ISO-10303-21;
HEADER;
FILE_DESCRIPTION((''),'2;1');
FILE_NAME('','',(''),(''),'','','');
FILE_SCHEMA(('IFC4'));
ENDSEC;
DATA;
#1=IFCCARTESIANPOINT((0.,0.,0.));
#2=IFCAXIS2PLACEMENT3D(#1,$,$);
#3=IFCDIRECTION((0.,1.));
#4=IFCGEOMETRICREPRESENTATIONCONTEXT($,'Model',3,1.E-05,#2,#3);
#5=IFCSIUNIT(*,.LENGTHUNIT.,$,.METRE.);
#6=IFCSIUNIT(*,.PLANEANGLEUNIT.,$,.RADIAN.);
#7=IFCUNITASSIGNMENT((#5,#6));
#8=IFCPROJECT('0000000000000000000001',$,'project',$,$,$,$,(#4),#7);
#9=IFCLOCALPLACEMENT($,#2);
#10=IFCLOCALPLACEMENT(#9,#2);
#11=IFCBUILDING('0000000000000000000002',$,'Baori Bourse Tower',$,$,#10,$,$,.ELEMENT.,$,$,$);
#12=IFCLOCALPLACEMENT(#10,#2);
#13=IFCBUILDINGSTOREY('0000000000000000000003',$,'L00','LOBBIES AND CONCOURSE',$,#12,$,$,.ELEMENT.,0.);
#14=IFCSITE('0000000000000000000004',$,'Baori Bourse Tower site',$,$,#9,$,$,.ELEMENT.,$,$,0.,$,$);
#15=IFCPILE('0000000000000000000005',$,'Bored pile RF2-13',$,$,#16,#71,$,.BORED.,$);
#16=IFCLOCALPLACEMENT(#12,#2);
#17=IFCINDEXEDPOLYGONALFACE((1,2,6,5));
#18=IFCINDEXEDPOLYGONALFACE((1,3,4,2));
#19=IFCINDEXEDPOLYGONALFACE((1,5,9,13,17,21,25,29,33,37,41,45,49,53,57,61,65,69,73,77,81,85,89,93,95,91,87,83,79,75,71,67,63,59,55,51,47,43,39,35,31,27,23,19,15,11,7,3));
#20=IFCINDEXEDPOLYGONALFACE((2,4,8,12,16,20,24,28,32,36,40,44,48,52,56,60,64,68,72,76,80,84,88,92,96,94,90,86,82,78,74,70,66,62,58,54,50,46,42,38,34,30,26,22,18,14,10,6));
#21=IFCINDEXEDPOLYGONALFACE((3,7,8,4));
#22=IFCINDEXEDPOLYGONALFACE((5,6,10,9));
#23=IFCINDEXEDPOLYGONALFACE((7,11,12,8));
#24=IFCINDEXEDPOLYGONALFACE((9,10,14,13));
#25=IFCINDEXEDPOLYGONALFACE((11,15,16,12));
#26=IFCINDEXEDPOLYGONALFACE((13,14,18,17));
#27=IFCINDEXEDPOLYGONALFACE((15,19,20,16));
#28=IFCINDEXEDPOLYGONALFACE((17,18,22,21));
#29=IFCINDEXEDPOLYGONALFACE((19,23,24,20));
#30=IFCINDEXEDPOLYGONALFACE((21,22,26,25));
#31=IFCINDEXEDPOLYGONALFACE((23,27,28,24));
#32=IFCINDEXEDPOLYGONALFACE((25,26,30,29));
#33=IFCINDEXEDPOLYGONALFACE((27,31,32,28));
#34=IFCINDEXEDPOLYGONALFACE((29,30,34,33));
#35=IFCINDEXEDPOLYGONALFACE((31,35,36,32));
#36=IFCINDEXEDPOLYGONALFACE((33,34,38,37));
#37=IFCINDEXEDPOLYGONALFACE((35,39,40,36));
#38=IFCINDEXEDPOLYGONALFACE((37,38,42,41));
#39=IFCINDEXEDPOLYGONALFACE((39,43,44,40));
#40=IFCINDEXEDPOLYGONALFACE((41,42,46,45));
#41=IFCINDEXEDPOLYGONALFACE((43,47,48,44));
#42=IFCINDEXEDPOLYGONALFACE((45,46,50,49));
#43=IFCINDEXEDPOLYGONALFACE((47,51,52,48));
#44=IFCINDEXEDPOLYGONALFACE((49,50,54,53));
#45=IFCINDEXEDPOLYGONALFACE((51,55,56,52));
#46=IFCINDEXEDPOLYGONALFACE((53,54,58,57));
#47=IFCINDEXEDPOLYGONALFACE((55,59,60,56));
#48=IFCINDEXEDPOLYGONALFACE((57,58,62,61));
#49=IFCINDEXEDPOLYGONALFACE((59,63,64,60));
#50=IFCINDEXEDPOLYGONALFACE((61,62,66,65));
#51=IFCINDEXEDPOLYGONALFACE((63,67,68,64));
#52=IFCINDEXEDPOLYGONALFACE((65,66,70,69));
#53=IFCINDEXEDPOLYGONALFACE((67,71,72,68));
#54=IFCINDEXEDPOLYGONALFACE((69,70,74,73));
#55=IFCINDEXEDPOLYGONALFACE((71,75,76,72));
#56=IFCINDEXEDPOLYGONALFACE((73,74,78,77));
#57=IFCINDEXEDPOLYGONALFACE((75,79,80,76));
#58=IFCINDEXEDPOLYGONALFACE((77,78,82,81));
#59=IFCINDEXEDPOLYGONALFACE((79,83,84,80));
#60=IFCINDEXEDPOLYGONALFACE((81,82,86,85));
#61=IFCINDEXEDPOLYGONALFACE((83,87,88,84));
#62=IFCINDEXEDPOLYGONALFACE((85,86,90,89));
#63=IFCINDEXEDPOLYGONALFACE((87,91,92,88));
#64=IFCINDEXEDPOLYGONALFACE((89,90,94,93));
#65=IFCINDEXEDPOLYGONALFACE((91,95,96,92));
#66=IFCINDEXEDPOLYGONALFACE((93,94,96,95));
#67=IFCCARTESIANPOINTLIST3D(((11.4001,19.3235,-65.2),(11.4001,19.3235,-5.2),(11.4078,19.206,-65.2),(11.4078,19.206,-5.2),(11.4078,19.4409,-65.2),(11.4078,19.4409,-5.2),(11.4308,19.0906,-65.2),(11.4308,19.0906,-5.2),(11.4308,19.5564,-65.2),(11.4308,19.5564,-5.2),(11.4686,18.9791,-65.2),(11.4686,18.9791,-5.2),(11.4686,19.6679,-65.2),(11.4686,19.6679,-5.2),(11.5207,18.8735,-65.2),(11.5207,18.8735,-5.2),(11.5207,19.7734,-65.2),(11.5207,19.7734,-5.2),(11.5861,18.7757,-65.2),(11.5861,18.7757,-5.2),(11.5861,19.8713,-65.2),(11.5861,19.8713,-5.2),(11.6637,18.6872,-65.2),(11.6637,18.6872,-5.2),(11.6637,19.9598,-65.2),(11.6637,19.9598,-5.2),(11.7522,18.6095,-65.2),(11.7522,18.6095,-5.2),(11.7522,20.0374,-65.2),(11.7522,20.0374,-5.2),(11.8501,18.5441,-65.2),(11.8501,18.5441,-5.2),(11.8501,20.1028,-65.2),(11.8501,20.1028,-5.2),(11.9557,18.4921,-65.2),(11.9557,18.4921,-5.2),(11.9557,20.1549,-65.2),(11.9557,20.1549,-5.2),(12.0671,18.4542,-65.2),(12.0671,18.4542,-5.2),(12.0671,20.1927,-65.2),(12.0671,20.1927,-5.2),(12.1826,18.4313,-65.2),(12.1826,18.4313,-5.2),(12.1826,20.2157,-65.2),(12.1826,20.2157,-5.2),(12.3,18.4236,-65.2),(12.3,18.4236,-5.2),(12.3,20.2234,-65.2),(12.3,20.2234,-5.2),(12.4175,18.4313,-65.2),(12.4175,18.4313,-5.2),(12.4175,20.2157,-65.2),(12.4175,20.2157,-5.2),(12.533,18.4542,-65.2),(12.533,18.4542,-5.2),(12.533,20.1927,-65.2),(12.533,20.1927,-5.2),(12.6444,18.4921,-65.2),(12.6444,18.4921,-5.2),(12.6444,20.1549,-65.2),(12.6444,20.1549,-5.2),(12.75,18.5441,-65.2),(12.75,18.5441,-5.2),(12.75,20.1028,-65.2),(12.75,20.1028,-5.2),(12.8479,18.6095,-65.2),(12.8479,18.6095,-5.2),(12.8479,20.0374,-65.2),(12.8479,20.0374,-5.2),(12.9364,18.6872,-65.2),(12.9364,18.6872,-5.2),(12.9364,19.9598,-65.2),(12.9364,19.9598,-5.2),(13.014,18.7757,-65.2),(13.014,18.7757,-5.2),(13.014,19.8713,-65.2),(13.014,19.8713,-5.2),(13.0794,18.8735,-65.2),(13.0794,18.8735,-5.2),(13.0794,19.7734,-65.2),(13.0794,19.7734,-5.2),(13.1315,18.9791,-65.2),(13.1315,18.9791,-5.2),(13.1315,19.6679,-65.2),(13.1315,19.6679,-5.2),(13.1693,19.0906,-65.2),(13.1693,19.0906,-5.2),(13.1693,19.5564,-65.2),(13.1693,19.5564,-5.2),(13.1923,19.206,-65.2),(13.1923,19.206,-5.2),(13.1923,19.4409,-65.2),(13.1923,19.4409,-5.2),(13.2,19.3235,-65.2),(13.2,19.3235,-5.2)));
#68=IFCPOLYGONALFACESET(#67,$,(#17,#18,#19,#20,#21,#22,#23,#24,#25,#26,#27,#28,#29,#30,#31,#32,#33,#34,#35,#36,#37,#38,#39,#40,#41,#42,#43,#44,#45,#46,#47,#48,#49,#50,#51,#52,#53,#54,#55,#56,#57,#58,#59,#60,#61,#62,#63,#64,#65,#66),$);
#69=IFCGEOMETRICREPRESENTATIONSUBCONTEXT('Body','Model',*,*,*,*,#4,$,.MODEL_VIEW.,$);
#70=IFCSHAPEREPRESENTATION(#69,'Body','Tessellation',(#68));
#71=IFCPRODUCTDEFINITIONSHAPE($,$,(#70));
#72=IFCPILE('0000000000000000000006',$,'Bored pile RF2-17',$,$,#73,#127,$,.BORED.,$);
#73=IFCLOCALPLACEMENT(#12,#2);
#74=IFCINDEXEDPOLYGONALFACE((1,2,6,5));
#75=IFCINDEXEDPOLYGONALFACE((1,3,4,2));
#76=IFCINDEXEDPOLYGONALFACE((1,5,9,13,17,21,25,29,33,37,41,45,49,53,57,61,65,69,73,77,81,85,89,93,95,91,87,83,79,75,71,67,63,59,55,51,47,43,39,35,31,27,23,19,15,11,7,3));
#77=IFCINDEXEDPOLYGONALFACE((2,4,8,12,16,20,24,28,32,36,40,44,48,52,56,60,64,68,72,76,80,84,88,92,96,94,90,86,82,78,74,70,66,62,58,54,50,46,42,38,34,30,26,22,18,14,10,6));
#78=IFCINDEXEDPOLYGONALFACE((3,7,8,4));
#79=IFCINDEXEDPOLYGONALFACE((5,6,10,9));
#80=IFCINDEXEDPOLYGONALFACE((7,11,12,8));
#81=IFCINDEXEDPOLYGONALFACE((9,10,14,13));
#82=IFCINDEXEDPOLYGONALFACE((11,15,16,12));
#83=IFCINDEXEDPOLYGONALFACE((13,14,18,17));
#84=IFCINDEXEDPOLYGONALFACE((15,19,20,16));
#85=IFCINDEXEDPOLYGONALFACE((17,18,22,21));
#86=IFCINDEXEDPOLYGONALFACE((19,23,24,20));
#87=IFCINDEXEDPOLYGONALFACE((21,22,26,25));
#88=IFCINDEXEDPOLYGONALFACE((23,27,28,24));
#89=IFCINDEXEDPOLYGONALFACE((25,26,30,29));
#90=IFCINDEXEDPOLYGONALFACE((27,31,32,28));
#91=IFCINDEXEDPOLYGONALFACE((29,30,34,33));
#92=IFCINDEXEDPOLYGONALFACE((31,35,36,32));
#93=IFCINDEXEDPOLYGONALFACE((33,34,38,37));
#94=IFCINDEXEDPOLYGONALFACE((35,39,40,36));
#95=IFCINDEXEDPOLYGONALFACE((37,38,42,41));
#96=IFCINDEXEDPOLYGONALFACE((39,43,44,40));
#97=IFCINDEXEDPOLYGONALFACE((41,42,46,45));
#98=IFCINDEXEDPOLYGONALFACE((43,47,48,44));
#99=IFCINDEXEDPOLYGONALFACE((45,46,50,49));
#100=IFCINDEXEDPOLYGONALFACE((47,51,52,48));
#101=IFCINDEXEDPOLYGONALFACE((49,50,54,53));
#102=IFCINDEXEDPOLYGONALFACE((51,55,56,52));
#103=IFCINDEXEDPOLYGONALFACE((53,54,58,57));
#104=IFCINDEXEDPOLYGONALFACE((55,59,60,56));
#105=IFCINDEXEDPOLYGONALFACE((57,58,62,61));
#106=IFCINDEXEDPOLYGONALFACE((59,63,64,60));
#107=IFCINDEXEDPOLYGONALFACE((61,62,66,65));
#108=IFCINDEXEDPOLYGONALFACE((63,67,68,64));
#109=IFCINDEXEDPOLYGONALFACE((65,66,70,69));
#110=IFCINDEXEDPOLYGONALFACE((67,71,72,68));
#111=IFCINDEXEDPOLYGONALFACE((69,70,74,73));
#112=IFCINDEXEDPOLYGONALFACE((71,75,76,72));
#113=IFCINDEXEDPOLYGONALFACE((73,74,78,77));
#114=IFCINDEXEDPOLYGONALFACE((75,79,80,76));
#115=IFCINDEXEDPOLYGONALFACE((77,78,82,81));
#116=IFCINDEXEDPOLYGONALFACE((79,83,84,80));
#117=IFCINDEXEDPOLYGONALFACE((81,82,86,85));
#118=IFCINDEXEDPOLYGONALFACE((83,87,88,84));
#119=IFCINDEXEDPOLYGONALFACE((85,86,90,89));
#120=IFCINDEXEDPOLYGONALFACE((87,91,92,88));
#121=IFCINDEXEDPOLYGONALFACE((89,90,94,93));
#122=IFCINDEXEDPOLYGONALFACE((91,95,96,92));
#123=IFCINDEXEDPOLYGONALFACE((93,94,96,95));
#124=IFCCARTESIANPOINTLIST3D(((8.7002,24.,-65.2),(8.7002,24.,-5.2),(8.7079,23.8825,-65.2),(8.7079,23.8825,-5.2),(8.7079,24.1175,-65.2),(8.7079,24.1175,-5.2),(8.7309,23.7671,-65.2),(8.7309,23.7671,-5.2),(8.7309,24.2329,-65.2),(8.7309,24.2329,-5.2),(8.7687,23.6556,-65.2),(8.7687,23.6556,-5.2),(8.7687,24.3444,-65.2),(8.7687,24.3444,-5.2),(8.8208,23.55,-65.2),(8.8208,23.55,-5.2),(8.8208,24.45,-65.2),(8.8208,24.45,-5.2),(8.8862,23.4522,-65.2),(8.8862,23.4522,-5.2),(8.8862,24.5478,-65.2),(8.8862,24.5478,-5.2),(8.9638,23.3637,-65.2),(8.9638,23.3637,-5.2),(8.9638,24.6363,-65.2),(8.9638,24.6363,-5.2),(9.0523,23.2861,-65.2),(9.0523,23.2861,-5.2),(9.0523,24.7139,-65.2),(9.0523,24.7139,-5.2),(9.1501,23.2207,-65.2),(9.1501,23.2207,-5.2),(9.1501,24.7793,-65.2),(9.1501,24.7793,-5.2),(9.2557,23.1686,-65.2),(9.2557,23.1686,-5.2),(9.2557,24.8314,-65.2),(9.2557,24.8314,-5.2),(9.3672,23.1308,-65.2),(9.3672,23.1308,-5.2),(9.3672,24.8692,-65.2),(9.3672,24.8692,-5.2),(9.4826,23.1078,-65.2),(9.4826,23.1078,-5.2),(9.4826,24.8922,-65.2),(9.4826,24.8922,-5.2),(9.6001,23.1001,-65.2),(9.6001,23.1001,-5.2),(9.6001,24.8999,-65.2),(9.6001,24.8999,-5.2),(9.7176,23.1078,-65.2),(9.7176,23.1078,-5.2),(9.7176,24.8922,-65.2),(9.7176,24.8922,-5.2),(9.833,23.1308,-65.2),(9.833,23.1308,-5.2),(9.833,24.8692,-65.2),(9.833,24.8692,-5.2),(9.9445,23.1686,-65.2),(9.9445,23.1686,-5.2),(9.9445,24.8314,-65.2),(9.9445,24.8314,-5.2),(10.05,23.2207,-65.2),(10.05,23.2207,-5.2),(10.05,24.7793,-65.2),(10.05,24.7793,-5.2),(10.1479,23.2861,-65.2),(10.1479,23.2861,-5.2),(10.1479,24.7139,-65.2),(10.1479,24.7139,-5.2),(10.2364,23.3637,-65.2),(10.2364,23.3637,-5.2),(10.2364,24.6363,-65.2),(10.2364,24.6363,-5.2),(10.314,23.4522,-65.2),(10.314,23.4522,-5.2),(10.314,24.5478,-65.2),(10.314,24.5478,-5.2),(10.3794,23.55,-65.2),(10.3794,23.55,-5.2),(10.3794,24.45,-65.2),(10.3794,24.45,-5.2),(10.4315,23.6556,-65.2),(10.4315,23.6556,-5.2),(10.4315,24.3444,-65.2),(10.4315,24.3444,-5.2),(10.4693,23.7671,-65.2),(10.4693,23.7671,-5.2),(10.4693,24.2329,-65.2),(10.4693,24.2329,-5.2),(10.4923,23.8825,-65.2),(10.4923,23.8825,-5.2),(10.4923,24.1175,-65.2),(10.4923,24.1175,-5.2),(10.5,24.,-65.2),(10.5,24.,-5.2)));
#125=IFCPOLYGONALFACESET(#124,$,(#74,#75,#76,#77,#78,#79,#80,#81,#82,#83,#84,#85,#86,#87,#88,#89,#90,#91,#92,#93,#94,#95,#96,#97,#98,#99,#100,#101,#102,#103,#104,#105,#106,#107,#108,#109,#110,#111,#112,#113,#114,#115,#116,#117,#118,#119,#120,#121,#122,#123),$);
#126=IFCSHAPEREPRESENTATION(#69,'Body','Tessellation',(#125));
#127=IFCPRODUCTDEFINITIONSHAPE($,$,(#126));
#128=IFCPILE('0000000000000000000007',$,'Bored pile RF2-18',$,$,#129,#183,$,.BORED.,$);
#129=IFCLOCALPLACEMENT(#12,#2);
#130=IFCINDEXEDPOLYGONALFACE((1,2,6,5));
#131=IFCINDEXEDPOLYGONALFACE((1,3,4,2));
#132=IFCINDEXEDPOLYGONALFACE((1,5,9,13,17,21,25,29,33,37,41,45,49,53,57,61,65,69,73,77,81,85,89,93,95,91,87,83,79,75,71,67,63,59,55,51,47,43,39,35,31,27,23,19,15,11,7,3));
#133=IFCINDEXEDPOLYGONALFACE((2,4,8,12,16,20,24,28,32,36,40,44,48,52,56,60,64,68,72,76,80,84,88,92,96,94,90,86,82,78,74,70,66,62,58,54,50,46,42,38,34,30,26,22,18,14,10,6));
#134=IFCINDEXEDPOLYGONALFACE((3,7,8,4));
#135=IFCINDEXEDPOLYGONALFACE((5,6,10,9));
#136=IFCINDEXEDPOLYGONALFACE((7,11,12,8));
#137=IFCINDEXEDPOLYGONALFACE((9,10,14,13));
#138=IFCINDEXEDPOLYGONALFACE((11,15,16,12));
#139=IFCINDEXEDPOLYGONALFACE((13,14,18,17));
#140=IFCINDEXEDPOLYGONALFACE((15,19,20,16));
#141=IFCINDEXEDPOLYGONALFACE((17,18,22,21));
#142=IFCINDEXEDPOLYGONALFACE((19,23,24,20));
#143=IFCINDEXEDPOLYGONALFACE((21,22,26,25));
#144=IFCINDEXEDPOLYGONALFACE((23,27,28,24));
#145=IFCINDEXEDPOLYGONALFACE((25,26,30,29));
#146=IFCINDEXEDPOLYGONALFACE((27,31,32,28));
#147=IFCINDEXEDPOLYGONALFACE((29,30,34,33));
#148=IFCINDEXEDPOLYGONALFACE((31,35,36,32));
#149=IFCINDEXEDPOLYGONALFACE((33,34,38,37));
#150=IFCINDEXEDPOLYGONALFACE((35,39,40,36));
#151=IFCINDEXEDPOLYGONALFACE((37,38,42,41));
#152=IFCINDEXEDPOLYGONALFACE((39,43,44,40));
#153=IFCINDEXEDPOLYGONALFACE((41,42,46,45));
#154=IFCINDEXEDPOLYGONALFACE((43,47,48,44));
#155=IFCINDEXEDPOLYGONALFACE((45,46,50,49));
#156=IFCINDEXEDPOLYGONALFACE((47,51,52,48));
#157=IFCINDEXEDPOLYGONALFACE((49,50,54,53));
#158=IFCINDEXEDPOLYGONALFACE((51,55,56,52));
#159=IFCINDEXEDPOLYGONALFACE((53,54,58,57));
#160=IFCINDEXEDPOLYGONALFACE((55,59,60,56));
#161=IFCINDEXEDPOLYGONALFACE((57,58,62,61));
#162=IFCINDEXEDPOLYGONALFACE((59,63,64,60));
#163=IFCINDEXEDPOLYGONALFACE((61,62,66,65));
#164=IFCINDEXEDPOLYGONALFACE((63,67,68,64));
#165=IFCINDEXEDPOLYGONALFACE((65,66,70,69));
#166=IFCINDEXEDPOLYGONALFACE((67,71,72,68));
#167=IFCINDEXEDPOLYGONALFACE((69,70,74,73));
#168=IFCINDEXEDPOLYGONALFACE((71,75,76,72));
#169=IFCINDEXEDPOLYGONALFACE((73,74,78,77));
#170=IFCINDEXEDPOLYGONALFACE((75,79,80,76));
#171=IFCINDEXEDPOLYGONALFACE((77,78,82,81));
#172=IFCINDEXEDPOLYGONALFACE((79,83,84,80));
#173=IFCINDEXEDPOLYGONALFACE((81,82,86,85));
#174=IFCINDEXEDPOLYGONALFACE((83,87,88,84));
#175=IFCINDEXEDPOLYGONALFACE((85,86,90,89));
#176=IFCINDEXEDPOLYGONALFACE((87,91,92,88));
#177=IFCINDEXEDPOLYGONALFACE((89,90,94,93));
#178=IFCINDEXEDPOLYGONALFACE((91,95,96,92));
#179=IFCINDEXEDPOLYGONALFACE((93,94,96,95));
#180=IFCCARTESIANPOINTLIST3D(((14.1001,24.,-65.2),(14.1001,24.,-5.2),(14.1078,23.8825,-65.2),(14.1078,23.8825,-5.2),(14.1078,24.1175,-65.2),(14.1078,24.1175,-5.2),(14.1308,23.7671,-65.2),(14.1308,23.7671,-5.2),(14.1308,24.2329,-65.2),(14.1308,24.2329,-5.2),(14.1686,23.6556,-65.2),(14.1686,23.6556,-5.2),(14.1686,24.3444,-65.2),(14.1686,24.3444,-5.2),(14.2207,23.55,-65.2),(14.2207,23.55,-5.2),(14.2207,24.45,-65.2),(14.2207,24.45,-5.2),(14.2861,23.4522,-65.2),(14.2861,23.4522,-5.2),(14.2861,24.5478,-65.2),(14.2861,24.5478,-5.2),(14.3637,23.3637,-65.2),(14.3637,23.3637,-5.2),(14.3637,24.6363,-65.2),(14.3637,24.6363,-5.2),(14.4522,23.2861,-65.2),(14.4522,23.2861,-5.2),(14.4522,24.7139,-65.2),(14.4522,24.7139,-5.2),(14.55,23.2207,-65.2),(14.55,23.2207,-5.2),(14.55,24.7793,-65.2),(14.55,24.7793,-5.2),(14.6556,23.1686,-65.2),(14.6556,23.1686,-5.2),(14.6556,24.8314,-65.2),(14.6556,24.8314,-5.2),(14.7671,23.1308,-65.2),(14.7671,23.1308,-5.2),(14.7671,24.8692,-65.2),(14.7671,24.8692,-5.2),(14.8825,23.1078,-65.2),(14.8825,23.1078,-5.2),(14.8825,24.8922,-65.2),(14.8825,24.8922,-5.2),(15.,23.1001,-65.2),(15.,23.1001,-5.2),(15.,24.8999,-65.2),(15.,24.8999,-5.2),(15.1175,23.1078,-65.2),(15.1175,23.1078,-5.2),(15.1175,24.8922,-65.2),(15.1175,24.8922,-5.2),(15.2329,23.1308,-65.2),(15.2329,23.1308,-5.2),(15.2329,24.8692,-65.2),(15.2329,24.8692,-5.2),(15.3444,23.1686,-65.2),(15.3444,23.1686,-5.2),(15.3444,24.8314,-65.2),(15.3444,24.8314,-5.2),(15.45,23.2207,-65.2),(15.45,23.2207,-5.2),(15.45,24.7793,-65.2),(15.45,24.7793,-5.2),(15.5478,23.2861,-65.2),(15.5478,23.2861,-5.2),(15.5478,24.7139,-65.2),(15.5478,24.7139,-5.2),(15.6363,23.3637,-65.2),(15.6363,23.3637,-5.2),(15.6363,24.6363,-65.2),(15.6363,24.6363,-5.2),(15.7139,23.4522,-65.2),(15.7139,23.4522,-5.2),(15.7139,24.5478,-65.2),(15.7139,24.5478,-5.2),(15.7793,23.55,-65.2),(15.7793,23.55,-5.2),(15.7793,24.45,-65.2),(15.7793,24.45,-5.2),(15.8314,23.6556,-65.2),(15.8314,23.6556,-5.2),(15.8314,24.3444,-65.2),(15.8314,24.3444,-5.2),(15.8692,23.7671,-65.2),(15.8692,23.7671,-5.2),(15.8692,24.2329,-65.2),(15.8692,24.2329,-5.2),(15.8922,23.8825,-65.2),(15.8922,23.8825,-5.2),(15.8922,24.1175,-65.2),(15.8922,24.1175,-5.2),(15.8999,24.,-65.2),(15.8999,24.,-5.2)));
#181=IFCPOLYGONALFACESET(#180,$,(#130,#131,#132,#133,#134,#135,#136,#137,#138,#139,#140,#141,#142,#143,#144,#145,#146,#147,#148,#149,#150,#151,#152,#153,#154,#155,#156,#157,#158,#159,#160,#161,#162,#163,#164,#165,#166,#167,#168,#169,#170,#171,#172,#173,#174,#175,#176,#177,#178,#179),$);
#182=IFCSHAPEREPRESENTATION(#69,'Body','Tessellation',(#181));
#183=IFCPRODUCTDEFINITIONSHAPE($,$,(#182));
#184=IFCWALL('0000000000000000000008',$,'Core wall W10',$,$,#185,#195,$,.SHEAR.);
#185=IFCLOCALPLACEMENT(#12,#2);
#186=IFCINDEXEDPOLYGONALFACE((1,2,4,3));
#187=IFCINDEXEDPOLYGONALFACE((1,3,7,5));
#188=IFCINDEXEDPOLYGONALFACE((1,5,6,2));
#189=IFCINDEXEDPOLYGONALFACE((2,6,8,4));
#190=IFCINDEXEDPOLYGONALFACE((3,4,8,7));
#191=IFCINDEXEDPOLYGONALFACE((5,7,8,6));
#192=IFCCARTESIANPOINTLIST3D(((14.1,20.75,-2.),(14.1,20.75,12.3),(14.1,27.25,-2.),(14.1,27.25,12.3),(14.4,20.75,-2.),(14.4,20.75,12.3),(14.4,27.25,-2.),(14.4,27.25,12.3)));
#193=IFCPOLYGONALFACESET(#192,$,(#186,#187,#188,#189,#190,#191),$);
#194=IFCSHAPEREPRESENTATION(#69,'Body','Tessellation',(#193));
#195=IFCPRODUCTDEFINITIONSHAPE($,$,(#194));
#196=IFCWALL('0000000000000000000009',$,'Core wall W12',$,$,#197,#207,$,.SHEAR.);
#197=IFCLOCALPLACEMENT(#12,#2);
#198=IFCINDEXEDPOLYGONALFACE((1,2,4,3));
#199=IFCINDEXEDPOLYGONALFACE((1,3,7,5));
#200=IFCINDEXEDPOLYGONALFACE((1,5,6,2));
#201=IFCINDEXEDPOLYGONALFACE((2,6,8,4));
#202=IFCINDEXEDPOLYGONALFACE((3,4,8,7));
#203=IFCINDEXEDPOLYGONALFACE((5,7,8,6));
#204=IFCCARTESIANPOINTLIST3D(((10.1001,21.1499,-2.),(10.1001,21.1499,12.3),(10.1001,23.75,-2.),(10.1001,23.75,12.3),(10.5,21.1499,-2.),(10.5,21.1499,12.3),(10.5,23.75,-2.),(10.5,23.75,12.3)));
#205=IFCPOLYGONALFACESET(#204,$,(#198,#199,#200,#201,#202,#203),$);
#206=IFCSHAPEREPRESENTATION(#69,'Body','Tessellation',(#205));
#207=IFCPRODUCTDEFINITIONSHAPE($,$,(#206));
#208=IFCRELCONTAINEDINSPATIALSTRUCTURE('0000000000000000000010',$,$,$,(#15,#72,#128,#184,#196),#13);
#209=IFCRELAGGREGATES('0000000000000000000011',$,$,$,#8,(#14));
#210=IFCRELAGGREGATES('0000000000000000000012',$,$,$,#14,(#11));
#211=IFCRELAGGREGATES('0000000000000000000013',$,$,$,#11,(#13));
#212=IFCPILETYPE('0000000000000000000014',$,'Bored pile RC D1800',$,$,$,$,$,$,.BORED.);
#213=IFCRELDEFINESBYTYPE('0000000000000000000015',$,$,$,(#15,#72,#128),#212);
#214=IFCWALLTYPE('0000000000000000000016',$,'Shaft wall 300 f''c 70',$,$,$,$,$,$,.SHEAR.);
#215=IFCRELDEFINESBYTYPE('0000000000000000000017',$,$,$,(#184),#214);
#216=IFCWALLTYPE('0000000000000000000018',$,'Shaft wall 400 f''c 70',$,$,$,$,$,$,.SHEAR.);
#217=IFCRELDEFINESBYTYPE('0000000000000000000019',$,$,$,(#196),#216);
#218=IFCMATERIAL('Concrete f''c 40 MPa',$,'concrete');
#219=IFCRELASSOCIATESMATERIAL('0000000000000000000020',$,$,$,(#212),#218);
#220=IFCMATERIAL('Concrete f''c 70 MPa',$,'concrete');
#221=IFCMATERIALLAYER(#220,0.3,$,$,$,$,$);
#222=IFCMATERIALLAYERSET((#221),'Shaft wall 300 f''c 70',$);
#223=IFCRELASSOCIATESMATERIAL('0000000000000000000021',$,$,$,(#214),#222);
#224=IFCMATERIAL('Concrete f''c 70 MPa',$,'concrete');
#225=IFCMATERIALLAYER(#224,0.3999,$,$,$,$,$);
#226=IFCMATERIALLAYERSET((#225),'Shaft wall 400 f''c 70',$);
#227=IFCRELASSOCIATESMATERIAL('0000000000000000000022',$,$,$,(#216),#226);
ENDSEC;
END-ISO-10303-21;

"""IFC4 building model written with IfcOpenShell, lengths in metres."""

from ifc_helpers import new_model, si_unit, direction, frame, frame_2d, origin, origin_2d, place, context, subcontext, project, spatial, rectangle, circle, extrude, material, layer, layer_set, material_profile, profile_set, type_object, element, save


model = new_model("IFC4")

# Units and contexts
model_context = context("Model", 3, precision=1e-05, world=origin(), true_north=direction((0.0, 1.0)))
body_context = subcontext(model_context, "Body", "Model", "MODEL_VIEW")
ifc_project = project(units=[si_unit("LENGTHUNIT", "METRE"), si_unit("PLANEANGLEUNIT", "RADIAN")], contexts=[model_context])

# Site, building, storey
site_placement = place(None, origin())
site = spatial("IfcSite", under=ifc_project, at=site_placement, Name="Baori Bourse Tower site", CompositionType="ELEMENT", RefElevation=0.0)
building_placement = place(site_placement, origin())
building = spatial("IfcBuilding", under=site, at=building_placement, Name="Baori Bourse Tower", CompositionType="ELEMENT")
storey_placement = place(building_placement, origin())
storey = spatial("IfcBuildingStorey", under=building, at=storey_placement, Name="L00", Description="LOBBIES AND CONCOURSE", CompositionType="ELEMENT", Elevation=0.0)

# Piles
ifc_material_1 = material(Name="Concrete f'c 40 MPa", Category="concrete")
ifc_material_profile = material_profile(ifc_material_1, circle(Radius=0.8999, at=origin_2d()), Name="RC D1800")
ifc_profile_set = profile_set([ifc_material_profile], Name="Concrete f'c 40 MPa")
pile_type = type_object("IfcPileType", Name="Bored pile RC D1800", PredefinedType="BORED", material=ifc_profile_set)
for number, where, z_axis, x_axis, name in (
    (1, (12.3, 19.3235, -5.2), (0.0, 0.0, -1.0), (1.0, 0.0, 0.0), "Bored pile RF2-13"),
    (2, (9.6001, 24.0, -5.2), (0.0, 0.0, -1.0), (1.0, 0.0, 0.0), "Bored pile RF2-17"),
    (3, (15.0, 24.0, -5.2), (0.0, 0.0, -1.0), (1.0, 0.0, 0.0), "Bored pile RF2-18"),
):
    element("IfcPile", number, at=place(storey_placement, frame(where, z_axis=z_axis, x_axis=x_axis)), inside=storey, type_object=pile_type, Name=name, PredefinedType="BORED", context=body_context, shape_type="SweptSolid", body=[
        extrude(circle(Radius=0.8999, at=origin_2d()), origin(), (0.0, 0.0, 1.0), 60.0),
    ])

# Walls
ifc_material_2 = material(Name="Concrete f'c 70 MPa", Category="concrete")
ifc_layer_1 = layer(ifc_material_2, 0.3)
ifc_layer_set_1 = layer_set([ifc_layer_1], Name="Shaft wall 300 f'c 70")
wall_type_1 = type_object("IfcWallType", Name="Shaft wall 300 f'c 70", PredefinedType="SHEAR", material=ifc_layer_set_1)
wall_1_placement = place(storey_placement, frame((14.25, 20.75, -2.0), z_axis=(0.0, 0.0, 1.0), x_axis=(0.0, 1.0, 0.0)))
element("IfcWall", 4, at=wall_1_placement, inside=storey, type_object=wall_type_1, Name="Core wall W10", PredefinedType="SHEAR", context=body_context, shape_type="SweptSolid", body=[
    extrude(rectangle(XDim=6.5, YDim=0.3, at=frame_2d((3.25, 0.0))), origin(), (0.0, 0.0, 1.0), 14.3),
])
ifc_material_3 = material(Name="Concrete f'c 70 MPa", Category="concrete")
ifc_layer_2 = layer(ifc_material_3, 0.3999)
ifc_layer_set_2 = layer_set([ifc_layer_2], Name="Shaft wall 400 f'c 70")
wall_type_2 = type_object("IfcWallType", Name="Shaft wall 400 f'c 70", PredefinedType="SHEAR", material=ifc_layer_set_2)
wall_2_placement = place(storey_placement, frame((10.3, 21.1499, -2.0), z_axis=(0.0, 0.0, 1.0), x_axis=(0.0, 1.0, 0.0)))
element("IfcWall", 5, at=wall_2_placement, inside=storey, type_object=wall_type_2, Name="Core wall W12", PredefinedType="SHEAR", context=body_context, shape_type="SweptSolid", body=[
    extrude(rectangle(XDim=2.6001, YDim=0.3999, at=frame_2d((1.3, 0.0))), origin(), (0.0, 0.0, 1.0), 14.3),
])

save(model, "model.ifc")
